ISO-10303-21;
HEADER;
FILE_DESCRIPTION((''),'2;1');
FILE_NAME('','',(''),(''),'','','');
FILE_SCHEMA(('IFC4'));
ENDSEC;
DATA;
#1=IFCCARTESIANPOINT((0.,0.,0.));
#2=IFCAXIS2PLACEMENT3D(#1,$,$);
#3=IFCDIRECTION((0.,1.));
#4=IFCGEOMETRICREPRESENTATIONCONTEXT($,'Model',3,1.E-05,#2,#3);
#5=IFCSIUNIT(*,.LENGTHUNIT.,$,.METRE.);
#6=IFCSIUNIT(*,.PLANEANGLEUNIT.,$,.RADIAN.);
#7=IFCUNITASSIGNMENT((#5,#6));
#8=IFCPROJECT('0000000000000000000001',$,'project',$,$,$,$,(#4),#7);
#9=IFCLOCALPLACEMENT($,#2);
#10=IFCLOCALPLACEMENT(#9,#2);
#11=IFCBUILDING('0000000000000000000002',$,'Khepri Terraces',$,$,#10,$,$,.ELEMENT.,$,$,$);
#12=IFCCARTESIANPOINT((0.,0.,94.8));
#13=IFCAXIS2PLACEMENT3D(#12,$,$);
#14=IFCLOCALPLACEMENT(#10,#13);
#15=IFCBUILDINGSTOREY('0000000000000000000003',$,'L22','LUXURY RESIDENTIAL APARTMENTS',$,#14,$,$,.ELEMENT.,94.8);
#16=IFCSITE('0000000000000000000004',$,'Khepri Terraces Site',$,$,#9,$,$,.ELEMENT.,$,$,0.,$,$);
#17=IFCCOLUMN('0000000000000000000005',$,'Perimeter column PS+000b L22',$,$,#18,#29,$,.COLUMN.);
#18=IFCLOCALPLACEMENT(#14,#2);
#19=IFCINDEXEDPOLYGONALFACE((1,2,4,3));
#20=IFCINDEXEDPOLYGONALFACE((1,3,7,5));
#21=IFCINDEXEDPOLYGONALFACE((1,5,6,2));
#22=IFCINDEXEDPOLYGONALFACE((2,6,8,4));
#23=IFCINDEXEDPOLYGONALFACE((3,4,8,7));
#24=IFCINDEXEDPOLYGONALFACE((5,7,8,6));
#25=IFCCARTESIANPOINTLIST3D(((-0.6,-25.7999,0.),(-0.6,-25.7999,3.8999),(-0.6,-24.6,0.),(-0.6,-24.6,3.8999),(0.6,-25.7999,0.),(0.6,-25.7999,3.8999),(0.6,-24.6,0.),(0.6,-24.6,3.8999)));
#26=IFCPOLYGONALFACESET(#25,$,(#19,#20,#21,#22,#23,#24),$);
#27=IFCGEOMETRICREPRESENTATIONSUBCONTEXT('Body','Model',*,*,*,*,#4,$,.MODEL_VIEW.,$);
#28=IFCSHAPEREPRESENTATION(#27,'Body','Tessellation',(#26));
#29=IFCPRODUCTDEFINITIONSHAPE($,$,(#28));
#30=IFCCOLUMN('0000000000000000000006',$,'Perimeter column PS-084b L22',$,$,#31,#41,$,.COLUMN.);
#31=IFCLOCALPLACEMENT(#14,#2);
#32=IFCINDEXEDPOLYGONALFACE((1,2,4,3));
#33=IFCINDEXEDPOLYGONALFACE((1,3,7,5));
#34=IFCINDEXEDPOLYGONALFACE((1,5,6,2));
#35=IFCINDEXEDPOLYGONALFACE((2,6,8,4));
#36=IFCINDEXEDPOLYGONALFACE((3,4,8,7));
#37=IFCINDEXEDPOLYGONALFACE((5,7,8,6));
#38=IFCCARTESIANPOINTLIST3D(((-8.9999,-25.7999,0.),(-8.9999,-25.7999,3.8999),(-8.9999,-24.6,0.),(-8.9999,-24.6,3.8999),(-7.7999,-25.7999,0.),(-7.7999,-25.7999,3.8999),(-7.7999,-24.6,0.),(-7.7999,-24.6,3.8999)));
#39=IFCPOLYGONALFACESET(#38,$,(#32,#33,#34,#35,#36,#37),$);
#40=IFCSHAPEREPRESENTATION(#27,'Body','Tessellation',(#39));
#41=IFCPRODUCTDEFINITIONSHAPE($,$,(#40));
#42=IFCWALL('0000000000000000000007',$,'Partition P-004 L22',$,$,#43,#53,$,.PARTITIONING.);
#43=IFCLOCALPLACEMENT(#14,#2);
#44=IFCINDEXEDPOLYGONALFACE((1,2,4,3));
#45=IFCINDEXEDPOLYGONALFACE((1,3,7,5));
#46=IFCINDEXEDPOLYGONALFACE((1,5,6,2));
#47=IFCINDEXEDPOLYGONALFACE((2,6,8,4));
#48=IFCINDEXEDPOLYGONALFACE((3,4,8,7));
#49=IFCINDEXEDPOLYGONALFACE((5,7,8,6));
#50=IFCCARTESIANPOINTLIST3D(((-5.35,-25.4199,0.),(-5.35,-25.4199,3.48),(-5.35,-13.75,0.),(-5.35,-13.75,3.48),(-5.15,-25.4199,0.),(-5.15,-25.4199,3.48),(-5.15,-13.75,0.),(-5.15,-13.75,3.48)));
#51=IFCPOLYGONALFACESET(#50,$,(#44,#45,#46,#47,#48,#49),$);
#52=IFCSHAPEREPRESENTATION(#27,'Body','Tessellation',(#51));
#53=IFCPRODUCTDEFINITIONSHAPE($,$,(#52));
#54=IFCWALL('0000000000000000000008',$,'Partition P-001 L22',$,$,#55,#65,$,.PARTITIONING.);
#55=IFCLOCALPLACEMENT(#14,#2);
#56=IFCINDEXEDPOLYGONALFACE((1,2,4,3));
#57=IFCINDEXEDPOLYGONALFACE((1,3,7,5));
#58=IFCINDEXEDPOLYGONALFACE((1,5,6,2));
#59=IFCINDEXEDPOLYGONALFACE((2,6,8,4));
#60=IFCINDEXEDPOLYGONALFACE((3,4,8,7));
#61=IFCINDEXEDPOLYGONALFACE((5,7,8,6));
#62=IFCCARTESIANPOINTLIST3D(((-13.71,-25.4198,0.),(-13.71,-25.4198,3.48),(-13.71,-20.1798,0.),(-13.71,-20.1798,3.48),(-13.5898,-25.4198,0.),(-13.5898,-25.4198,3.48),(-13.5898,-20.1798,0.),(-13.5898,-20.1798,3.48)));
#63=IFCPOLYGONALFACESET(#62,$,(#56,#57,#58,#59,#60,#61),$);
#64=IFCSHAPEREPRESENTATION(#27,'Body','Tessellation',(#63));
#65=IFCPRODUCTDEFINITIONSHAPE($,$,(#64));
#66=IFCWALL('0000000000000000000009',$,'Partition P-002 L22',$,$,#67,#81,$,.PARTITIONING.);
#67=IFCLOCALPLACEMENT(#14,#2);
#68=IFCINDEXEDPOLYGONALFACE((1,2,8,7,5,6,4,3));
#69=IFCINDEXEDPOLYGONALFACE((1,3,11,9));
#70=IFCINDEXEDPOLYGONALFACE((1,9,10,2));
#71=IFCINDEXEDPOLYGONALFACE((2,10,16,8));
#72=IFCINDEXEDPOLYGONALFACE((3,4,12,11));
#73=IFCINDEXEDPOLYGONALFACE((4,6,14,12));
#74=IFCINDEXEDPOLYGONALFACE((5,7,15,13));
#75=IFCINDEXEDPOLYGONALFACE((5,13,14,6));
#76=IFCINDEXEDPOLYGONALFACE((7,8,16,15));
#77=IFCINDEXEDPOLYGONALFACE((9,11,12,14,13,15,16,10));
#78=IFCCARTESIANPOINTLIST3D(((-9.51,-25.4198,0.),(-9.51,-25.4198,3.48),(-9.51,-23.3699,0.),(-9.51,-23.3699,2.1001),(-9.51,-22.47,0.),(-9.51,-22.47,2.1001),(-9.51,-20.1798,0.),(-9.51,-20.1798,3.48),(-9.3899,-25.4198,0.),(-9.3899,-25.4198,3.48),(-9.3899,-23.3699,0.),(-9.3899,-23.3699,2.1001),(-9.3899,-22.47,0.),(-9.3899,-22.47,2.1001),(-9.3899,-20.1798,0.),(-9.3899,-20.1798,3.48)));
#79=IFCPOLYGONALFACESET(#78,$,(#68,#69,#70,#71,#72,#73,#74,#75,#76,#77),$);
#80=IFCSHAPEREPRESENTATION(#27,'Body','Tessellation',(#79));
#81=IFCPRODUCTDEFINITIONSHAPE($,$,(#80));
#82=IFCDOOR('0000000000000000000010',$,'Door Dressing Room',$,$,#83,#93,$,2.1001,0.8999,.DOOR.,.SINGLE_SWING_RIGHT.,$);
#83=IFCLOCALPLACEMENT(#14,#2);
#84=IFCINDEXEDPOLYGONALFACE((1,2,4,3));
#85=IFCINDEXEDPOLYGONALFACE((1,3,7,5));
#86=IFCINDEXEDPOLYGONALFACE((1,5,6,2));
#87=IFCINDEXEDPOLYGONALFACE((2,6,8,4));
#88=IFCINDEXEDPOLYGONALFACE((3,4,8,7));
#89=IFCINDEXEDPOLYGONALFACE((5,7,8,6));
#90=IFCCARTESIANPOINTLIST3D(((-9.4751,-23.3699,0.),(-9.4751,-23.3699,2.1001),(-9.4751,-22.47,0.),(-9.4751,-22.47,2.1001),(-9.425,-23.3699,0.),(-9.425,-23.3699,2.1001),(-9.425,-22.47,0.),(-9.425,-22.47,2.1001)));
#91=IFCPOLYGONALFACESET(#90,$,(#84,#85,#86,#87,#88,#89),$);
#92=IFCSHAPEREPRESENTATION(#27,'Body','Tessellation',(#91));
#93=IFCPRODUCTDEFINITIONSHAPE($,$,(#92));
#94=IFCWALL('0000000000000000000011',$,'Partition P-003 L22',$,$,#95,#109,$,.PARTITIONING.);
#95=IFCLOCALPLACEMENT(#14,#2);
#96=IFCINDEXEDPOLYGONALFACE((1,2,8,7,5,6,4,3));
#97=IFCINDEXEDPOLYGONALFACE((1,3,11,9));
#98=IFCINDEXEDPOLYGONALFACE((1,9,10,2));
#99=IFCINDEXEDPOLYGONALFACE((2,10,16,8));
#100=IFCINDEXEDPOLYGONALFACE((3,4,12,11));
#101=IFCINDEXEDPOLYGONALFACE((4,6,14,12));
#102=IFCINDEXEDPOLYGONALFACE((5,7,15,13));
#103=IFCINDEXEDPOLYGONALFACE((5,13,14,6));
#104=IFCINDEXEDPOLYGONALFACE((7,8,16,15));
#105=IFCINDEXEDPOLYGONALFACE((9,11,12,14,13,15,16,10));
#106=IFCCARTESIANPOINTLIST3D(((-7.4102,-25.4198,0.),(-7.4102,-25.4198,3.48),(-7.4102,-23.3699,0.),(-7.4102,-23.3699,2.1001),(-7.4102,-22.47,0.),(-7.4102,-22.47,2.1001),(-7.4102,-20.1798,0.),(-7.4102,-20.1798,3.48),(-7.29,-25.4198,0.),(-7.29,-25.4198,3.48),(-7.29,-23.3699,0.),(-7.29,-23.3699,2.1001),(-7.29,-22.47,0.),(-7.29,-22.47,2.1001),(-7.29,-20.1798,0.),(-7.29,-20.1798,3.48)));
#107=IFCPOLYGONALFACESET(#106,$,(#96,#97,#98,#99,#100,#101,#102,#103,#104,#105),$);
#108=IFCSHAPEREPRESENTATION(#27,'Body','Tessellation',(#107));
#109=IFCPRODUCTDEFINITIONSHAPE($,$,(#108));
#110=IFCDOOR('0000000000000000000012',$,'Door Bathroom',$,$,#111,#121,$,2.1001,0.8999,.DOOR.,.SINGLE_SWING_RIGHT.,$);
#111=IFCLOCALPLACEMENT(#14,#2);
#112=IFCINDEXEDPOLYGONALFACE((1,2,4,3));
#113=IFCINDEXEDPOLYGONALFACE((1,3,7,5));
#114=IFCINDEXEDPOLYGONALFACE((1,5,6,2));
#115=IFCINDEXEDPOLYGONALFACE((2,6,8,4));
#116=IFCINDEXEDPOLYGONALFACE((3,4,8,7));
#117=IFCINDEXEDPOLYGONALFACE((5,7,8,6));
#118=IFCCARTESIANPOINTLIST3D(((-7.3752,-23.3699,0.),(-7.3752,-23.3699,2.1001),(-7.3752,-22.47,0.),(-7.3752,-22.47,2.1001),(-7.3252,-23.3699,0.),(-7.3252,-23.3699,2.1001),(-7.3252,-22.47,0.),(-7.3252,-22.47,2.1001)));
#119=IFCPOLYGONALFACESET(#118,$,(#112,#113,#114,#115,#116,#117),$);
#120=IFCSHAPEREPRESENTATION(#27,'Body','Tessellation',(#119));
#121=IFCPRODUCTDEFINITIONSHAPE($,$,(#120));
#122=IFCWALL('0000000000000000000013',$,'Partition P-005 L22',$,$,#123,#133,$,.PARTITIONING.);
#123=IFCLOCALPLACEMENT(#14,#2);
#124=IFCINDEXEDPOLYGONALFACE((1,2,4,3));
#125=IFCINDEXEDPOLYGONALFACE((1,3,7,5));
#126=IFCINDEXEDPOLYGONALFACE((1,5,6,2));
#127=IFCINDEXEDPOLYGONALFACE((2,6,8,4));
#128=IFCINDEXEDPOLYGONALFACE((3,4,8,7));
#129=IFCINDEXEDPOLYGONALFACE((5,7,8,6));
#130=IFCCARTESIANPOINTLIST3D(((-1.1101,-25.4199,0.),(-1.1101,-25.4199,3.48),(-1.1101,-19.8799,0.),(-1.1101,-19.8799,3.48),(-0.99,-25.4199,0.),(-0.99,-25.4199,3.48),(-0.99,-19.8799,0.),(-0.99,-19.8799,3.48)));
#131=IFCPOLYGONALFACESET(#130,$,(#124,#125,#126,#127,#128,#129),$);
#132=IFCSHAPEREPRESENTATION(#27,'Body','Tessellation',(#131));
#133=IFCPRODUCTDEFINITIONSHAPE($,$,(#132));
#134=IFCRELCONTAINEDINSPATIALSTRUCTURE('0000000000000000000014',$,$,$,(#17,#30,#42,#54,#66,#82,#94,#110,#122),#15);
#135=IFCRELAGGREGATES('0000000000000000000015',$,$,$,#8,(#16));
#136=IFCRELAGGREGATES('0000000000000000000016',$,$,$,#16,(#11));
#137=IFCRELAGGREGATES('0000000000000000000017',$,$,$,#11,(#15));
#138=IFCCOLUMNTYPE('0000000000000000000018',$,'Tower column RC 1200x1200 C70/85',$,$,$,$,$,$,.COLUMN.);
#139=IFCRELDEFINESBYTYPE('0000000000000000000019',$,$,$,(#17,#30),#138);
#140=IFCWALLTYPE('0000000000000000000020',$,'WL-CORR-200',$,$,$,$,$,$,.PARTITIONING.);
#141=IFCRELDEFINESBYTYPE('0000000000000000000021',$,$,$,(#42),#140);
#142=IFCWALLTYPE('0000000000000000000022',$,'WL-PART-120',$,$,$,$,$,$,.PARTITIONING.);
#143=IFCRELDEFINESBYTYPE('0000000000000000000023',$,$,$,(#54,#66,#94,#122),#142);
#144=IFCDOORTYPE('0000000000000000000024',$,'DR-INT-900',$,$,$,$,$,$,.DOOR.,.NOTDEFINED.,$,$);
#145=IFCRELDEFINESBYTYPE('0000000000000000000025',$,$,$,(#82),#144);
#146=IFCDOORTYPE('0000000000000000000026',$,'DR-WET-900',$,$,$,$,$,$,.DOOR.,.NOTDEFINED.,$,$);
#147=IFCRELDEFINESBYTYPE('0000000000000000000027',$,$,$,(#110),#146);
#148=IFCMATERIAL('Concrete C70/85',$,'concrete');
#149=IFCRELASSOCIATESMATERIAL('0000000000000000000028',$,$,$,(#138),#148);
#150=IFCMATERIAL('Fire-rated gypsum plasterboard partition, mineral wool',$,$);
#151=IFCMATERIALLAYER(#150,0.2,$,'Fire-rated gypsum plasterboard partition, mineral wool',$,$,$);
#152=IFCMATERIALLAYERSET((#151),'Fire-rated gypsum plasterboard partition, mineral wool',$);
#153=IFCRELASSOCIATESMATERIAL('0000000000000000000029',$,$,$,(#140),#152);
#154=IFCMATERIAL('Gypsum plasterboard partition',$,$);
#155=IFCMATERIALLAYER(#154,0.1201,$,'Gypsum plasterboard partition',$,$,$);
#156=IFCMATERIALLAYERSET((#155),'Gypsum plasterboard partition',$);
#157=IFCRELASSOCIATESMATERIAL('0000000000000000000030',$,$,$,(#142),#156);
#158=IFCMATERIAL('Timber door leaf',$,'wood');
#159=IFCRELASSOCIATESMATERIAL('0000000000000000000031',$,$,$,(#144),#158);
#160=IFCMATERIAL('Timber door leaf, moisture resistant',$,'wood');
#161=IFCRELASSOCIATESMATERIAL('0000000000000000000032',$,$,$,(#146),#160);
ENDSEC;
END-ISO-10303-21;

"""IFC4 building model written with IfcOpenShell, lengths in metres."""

from ifc_helpers import new_model, si_unit, direction, frame, frame_2d, origin, origin_2d, place, context, subcontext, project, spatial, rectangle, extrude, material, layer, layer_set, material_profile, profile_set, type_object, element, fill, save


model = new_model("IFC4")

# Units and contexts
model_context = context("Model", 3, precision=1e-05, world=origin(), true_north=direction((0.0, 1.0)))
body_context = subcontext(model_context, "Body", "Model", "MODEL_VIEW")
ifc_project = project(units=[si_unit("LENGTHUNIT", "METRE"), si_unit("PLANEANGLEUNIT", "RADIAN")], contexts=[model_context])

# Site, building, storey
site_placement = place(None, origin())
site = spatial("IfcSite", under=ifc_project, at=site_placement, Name="Khepri Terraces Site", CompositionType="ELEMENT", RefElevation=0.0)
building_placement = place(site_placement, origin())
building = spatial("IfcBuilding", under=site, at=building_placement, Name="Khepri Terraces", CompositionType="ELEMENT")
storey_placement = place(building_placement, frame((0.0, 0.0, 94.8)))
storey = spatial("IfcBuildingStorey", under=building, at=storey_placement, Name="L22", Description="LUXURY RESIDENTIAL APARTMENTS", CompositionType="ELEMENT", Elevation=94.8)

# Columns
ifc_material_1 = material(Name="Concrete C70/85", Category="concrete")
ifc_material_profile = material_profile(ifc_material_1, rectangle(XDim=1.2, YDim=1.2, at=origin_2d()), Name="Concrete C70/85", Category="concrete")
ifc_profile_set = profile_set([ifc_material_profile], Name="Concrete C70/85")
column_type = type_object("IfcColumnType", Name="Tower column RC 1200x1200 C70/85", PredefinedType="COLUMN", material=ifc_profile_set)
for number, where, z_axis, x_axis, name in (
    (1, (0.0, -25.2, 0.0), (0.0, 0.0, 1.0), (1.0, 0.0, 0.0), "Perimeter column PS+000b L22"),
    (2, (-8.3999, -25.2, 0.0), (0.0, 0.0, 1.0), (1.0, 0.0, 0.0), "Perimeter column PS-084b L22"),
):
    element("IfcColumn", number, at=place(storey_placement, frame(where, z_axis=z_axis, x_axis=x_axis)), inside=storey, type_object=column_type, Name=name, PredefinedType="COLUMN", context=body_context, shape_type="SweptSolid", body=[
        extrude(rectangle(XDim=1.2, YDim=1.2, at=origin_2d()), origin(), (0.0, 0.0, 1.0), 3.8999),
    ])

# Wall
ifc_material_2 = material(Name="Fire-rated gypsum plasterboard partition, mineral wool")
ifc_layer_1 = layer(ifc_material_2, 0.2, Name="Fire-rated gypsum plasterboard partition, mineral wool")
ifc_layer_set_1 = layer_set([ifc_layer_1], Name="Fire-rated gypsum plasterboard partition, mineral wool")
wall_type_1 = type_object("IfcWallType", Name="WL-CORR-200", PredefinedType="PARTITIONING", material=ifc_layer_set_1)
wall_1_placement = place(storey_placement, frame((-5.25, -25.4199, 0.0), z_axis=(0.0, 0.0, 1.0), x_axis=(0.0, 1.0, 0.0)))
element("IfcWall", 3, at=wall_1_placement, inside=storey, type_object=wall_type_1, Name="Partition P-004 L22", PredefinedType="PARTITIONING", context=body_context, shape_type="SweptSolid", body=[
    extrude(rectangle(XDim=11.6699, YDim=0.2, at=frame_2d((5.835, 0.0))), origin(), (0.0, 0.0, 1.0), 3.48),
])

# Wall
ifc_material_3 = material(Name="Gypsum plasterboard partition")
ifc_layer_2 = layer(ifc_material_3, 0.1201, Name="Gypsum plasterboard partition")
ifc_layer_set_2 = layer_set([ifc_layer_2], Name="Gypsum plasterboard partition")
wall_type_2 = type_object("IfcWallType", Name="WL-PART-120", PredefinedType="PARTITIONING", material=ifc_layer_set_2)
wall_2_placement = place(storey_placement, frame((-13.6499, -25.4199, 0.0), z_axis=(0.0, 0.0, 1.0), x_axis=(0.0, 1.0, 0.0)))
element("IfcWall", 4, at=wall_2_placement, inside=storey, type_object=wall_type_2, Name="Partition P-001 L22", PredefinedType="PARTITIONING", context=body_context, shape_type="SweptSolid", body=[
    extrude(rectangle(XDim=5.24, YDim=0.1201, at=frame_2d((2.6201, 0.0))), origin(), (0.0, 0.0, 1.0), 3.48),
])

# Walls, openings, doors
wall_3_placement = place(storey_placement, frame((-9.45, -25.4199, 0.0), z_axis=(0.0, 0.0, 1.0), x_axis=(0.0, 1.0, 0.0)))
wall_3 = element("IfcWall", 5, at=wall_3_placement, inside=storey, type_object=wall_type_2, Name="Partition P-002 L22", PredefinedType="PARTITIONING", context=body_context, shape_type="SweptSolid", body=[
    extrude(rectangle(XDim=5.24, YDim=0.1201, at=frame_2d((2.6201, 0.0))), origin(), (0.0, 0.0, 1.0), 3.48),
])
opening_1_placement = place(wall_3_placement, frame((2.05, 0.0, 0.0)))
opening_1 = element("IfcOpeningElement", 6, at=opening_1_placement, cuts=wall_3, PredefinedType="OPENING", context=body_context, shape_type="SweptSolid", body=[
    extrude(rectangle(XDim=0.8999, YDim=2.1001, at=frame_2d((0.45, 1.05))), frame((0.0, 0.0701, 0.0), z_axis=(0.0, -1.0, 0.0), x_axis=(1.0, 0.0, 0.0)), (0.0, 0.0, 1.0), 0.1401),
])
ifc_material_4 = material(Name="Timber door leaf", Category="wood")
door_type_1 = type_object("IfcDoorType", Name="DR-INT-900", OperationType="NOTDEFINED", PredefinedType="DOOR", material=ifc_material_4)
door_1_placement = place(opening_1_placement, frame((0.8999, 0.0, 0.0), z_axis=(0.0, 0.0, 1.0), x_axis=(-1.0, 0.0, 0.0)))
door_1 = element("IfcDoor", 7, at=door_1_placement, inside=storey, type_object=door_type_1, Name="Door Dressing Room", OperationType="SINGLE_SWING_RIGHT", OverallHeight=2.1001, OverallWidth=0.8999, PredefinedType="DOOR", context=body_context, shape_type="SweptSolid", body=[
    extrude(rectangle(XDim=0.8999, YDim=2.1001, at=frame_2d((0.45, 1.05))), frame((0.0, 0.0249, 0.0), z_axis=(0.0, -1.0, 0.0), x_axis=(1.0, 0.0, 0.0)), (0.0, 0.0, 1.0), 0.05),
])
fill(opening_1, door_1)
wall_4_placement = place(storey_placement, frame((-7.3501, -25.4199, 0.0), z_axis=(0.0, 0.0, 1.0), x_axis=(0.0, 1.0, 0.0)))
wall_4 = element("IfcWall", 8, at=wall_4_placement, inside=storey, type_object=wall_type_2, Name="Partition P-003 L22", PredefinedType="PARTITIONING", context=body_context, shape_type="SweptSolid", body=[
    extrude(rectangle(XDim=5.24, YDim=0.1201, at=frame_2d((2.6201, 0.0))), origin(), (0.0, 0.0, 1.0), 3.48),
])
opening_2_placement = place(wall_4_placement, frame((2.05, 0.0, 0.0)))
opening_2 = element("IfcOpeningElement", 9, at=opening_2_placement, cuts=wall_4, PredefinedType="OPENING", context=body_context, shape_type="SweptSolid", body=[
    extrude(rectangle(XDim=0.8999, YDim=2.1001, at=frame_2d((0.45, 1.05))), frame((0.0, 0.0701, 0.0), z_axis=(0.0, -1.0, 0.0), x_axis=(1.0, 0.0, 0.0)), (0.0, 0.0, 1.0), 0.1401),
])
ifc_material_5 = material(Name="Timber door leaf, moisture resistant", Category="wood")
door_type_2 = type_object("IfcDoorType", Name="DR-WET-900", OperationType="NOTDEFINED", PredefinedType="DOOR", material=ifc_material_5)
door_2_placement = place(opening_2_placement, frame((0.8999, 0.0, 0.0), z_axis=(0.0, 0.0, 1.0), x_axis=(-1.0, 0.0, 0.0)))
door_2 = element("IfcDoor", 10, at=door_2_placement, inside=storey, type_object=door_type_2, Name="Door Bathroom", OperationType="SINGLE_SWING_RIGHT", OverallHeight=2.1001, OverallWidth=0.8999, PredefinedType="DOOR", context=body_context, shape_type="SweptSolid", body=[
    extrude(rectangle(XDim=0.8999, YDim=2.1001, at=frame_2d((0.45, 1.05))), frame((0.0, 0.0249, 0.0), z_axis=(0.0, -1.0, 0.0), x_axis=(1.0, 0.0, 0.0)), (0.0, 0.0, 1.0), 0.05),
])
fill(opening_2, door_2)

# Wall
wall_5_placement = place(storey_placement, frame((-1.05, -25.4199, 0.0), z_axis=(0.0, 0.0, 1.0), x_axis=(0.0, 1.0, 0.0)))
element("IfcWall", 11, at=wall_5_placement, inside=storey, type_object=wall_type_2, Name="Partition P-005 L22", PredefinedType="PARTITIONING", context=body_context, shape_type="SweptSolid", body=[
    extrude(rectangle(XDim=5.54, YDim=0.1201, at=frame_2d((2.77, 0.0))), origin(), (0.0, 0.0, 1.0), 3.48),
])

save(model, "model.ifc")
